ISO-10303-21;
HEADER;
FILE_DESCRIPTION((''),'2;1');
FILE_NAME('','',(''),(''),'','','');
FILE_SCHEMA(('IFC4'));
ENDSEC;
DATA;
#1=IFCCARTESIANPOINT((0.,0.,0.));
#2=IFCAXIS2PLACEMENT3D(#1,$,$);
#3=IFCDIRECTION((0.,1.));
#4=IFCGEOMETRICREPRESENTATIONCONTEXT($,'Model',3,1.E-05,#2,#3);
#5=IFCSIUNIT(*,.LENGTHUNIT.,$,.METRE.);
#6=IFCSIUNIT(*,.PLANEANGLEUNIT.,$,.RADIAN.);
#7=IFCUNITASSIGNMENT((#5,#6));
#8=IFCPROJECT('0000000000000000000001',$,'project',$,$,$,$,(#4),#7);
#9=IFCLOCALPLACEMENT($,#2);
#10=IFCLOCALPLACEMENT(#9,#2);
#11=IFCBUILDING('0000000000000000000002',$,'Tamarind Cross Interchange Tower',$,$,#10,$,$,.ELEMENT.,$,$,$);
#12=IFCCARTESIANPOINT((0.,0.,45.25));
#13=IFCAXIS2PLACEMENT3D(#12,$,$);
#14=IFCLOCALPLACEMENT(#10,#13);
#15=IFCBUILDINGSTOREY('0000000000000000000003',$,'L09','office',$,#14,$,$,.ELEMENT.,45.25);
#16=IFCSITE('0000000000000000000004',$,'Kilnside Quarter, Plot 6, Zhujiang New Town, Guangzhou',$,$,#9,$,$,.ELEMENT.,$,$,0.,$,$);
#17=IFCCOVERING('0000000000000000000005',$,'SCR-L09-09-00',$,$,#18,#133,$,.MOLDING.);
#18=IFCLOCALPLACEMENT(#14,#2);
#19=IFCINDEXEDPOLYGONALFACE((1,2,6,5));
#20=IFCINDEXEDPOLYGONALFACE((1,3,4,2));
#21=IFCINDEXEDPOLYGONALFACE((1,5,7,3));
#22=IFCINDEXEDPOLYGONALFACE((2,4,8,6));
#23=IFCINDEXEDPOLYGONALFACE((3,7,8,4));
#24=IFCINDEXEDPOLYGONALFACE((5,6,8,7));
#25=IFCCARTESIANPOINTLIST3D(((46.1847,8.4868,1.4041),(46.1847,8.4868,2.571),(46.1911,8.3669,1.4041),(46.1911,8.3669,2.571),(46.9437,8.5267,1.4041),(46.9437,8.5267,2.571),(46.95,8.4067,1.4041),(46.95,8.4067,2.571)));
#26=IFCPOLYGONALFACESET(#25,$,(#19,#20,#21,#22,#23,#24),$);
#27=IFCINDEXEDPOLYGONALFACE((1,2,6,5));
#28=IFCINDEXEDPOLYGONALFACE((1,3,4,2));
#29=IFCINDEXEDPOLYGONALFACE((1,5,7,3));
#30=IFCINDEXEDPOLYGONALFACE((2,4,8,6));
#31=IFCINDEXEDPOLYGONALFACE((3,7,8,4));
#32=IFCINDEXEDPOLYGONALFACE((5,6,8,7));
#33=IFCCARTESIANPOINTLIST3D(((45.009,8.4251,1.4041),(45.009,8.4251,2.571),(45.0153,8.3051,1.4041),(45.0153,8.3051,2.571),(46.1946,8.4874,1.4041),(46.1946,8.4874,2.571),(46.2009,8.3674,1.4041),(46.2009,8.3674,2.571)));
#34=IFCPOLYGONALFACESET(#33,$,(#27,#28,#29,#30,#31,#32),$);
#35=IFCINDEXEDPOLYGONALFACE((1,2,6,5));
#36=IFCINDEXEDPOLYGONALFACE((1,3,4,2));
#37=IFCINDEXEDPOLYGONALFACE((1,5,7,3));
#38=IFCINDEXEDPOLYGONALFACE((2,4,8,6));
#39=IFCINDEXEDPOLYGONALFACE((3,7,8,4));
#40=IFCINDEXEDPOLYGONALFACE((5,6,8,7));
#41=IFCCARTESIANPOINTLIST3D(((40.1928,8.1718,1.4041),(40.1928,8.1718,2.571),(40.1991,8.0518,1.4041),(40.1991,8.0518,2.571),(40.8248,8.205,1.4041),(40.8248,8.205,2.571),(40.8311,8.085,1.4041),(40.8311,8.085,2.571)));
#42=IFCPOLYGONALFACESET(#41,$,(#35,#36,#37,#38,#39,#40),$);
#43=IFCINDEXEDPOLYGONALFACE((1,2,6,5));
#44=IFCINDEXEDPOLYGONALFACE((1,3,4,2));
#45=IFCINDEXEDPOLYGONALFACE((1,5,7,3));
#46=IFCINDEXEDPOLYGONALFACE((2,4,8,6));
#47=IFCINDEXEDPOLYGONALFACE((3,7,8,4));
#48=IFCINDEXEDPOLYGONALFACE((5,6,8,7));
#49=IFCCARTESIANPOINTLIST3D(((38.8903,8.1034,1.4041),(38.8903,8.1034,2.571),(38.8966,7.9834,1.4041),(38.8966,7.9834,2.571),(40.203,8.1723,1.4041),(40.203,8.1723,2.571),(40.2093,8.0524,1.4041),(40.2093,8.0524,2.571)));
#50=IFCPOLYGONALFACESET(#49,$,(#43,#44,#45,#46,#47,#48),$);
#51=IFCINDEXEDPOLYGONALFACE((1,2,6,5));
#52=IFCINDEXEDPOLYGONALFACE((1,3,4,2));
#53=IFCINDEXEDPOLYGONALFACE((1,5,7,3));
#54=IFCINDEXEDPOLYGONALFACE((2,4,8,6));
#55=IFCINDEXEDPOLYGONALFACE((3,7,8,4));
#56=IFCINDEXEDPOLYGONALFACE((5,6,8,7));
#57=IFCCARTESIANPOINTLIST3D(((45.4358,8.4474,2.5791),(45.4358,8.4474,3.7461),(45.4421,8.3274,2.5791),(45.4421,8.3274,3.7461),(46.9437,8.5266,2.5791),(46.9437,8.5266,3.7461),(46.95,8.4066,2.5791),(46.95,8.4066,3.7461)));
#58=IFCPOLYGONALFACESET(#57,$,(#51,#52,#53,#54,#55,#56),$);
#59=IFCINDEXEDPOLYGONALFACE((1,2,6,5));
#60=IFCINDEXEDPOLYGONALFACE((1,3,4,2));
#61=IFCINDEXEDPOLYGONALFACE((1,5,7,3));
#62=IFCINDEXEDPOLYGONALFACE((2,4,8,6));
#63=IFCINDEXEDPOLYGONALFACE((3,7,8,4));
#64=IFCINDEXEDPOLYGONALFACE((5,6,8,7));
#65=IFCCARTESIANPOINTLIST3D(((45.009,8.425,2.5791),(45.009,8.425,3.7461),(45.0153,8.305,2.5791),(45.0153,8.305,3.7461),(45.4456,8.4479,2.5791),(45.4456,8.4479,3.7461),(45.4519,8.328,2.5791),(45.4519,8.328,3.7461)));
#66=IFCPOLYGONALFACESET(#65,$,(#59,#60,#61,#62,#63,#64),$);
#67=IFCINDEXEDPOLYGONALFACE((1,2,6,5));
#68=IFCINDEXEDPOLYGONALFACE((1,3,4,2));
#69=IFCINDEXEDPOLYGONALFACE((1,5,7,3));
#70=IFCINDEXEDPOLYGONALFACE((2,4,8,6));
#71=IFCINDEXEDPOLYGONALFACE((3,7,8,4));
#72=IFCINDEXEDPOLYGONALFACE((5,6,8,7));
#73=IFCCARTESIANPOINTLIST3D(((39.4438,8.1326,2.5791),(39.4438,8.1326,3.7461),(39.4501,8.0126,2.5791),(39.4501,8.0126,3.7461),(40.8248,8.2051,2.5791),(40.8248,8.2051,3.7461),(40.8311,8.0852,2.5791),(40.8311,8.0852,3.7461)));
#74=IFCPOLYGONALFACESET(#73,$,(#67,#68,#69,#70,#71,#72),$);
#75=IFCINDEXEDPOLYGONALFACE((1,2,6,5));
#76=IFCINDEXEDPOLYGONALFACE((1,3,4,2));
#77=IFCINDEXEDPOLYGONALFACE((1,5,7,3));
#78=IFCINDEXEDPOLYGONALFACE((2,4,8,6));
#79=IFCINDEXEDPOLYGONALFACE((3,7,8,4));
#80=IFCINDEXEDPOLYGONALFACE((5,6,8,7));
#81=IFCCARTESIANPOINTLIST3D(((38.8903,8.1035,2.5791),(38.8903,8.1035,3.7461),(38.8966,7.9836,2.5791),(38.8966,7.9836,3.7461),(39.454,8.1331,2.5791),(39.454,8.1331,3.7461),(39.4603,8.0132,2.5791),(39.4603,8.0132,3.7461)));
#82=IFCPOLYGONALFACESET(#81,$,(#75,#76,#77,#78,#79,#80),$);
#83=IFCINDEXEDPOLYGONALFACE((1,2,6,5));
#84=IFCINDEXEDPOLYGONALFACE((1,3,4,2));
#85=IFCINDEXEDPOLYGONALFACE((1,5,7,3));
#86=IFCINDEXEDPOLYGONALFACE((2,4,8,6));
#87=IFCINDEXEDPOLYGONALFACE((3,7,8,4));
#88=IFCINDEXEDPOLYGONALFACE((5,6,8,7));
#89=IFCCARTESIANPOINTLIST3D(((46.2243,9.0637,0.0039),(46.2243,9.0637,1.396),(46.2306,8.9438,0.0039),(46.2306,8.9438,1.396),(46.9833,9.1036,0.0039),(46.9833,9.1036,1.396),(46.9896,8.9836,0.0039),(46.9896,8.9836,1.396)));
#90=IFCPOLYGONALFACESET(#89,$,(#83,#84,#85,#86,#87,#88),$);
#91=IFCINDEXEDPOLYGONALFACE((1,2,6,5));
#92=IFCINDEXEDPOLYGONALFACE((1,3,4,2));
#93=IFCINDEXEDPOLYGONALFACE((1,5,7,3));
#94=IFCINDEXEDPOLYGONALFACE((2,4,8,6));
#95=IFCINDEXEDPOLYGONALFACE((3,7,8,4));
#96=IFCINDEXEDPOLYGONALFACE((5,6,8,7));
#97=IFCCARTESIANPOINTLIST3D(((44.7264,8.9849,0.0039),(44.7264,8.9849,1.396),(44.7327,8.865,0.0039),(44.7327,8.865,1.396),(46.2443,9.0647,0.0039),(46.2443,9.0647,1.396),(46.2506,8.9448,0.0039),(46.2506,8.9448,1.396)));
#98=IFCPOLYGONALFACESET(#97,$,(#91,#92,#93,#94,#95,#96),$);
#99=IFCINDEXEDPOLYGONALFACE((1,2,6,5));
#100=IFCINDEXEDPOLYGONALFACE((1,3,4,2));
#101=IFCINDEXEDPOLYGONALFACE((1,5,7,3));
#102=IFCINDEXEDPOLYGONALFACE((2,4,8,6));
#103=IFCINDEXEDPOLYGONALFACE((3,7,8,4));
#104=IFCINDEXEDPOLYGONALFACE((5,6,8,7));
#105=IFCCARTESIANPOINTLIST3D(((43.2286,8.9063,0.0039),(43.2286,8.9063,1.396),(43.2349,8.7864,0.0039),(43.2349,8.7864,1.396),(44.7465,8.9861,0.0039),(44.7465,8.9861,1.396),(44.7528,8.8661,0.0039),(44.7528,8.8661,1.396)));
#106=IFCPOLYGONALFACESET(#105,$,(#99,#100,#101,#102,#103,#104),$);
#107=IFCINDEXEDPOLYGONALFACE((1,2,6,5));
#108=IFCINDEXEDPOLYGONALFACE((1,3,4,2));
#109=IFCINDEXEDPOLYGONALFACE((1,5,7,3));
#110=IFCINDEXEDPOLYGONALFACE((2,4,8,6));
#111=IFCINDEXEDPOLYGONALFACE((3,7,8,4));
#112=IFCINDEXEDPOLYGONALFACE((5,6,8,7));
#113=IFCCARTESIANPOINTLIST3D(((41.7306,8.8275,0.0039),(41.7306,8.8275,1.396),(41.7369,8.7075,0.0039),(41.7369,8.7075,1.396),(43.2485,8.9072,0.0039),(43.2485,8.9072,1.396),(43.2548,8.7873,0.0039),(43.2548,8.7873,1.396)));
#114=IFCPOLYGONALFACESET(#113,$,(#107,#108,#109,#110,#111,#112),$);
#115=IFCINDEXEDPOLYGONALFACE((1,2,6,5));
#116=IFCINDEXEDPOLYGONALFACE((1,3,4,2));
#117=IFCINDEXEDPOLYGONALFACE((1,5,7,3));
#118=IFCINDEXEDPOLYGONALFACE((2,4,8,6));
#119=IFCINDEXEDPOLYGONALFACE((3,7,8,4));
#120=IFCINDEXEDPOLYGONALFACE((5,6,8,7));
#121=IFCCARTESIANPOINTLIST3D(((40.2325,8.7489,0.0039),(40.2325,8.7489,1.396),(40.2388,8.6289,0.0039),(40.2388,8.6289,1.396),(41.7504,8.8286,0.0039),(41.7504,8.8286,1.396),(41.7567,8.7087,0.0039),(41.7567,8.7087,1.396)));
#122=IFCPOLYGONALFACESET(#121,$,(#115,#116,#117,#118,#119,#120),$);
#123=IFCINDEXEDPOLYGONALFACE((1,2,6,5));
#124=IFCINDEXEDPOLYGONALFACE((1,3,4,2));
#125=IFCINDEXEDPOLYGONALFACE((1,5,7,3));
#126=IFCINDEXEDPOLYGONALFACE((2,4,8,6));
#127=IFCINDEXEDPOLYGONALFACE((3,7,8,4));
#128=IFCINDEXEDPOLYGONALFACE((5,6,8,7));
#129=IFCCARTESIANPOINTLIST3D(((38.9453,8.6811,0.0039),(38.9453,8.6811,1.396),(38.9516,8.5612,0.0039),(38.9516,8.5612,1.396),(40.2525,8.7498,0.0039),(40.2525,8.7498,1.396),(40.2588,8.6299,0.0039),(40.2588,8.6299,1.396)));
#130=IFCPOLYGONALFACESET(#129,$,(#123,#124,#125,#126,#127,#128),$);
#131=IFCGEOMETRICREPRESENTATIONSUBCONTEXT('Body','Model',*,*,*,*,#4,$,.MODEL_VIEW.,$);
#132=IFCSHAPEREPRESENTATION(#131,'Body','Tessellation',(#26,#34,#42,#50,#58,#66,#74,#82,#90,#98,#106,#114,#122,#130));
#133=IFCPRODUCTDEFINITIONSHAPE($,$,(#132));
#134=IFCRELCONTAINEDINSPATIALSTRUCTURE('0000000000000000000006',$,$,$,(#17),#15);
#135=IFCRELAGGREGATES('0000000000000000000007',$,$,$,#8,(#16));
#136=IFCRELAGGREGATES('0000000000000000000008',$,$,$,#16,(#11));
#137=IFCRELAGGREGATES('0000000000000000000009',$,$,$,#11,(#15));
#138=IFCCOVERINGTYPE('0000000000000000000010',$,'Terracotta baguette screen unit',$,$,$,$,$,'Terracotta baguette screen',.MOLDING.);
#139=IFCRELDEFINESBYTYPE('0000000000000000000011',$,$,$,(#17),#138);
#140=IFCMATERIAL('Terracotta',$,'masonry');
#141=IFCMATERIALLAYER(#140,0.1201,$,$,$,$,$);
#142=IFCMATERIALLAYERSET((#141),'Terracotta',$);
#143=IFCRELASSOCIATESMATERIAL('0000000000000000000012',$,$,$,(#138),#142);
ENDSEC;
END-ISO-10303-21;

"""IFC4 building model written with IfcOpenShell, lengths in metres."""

from ifc_helpers import new_model, si_unit, direction, frame, origin, origin_2d, place, context, subcontext, project, spatial, rectangle, extrude, material, layer, layer_set, type_object, element, save


model = new_model("IFC4")

# Units and contexts
model_context = context("Model", 3, precision=1e-05, world=origin(), true_north=direction((0.0, 1.0)))
body_context = subcontext(model_context, "Body", "Model", "MODEL_VIEW")
ifc_project = project(units=[si_unit("LENGTHUNIT", "METRE"), si_unit("PLANEANGLEUNIT", "RADIAN")], contexts=[model_context])

# Site, building, storey
site_placement = place(None, origin())
site = spatial("IfcSite", under=ifc_project, at=site_placement, Name="Kilnside Quarter, Plot 6, Zhujiang New Town, Guangzhou", CompositionType="ELEMENT", RefElevation=0.0)
building_placement = place(site_placement, origin())
building = spatial("IfcBuilding", under=site, at=building_placement, Name="Tamarind Cross Interchange Tower", CompositionType="ELEMENT")
storey_placement = place(building_placement, frame((0.0, 0.0, 45.25)))
storey = spatial("IfcBuildingStorey", under=building, at=storey_placement, Name="L09", Description="office", CompositionType="ELEMENT", Elevation=45.25)

# Covering
ifc_material_1 = material(Name="Terracotta", Category="masonry")
ifc_layer_1 = layer(ifc_material_1, 0.1201)
ifc_layer_set_1 = layer_set([ifc_layer_1], Name="Terracotta")
covering_type = type_object("IfcCoveringType", Name="Terracotta baguette screen unit", ElementType="Terracotta baguette screen", PredefinedType="MOLDING", material=ifc_layer_set_1)
covering_1_placement = place(storey_placement, origin())
element("IfcCovering", 1, at=covering_1_placement, inside=storey, type_object=covering_type, Name="SCR-L09-09-00", PredefinedType="MOLDING", context=body_context, shape_type="SweptSolid", body=[
    extrude(rectangle(XDim=0.76, YDim=0.1201, at=origin_2d()), frame((46.5674, 8.4468, 1.4041), z_axis=(0.0, 0.0, 1.0), x_axis=(-0.998622, -0.052478, 0.0)), (0.0, 0.0, 1.0), 1.167),
    extrude(rectangle(XDim=1.1873, YDim=0.1201, at=origin_2d()), frame((45.605, 8.3962, 1.4041), z_axis=(0.0, 0.0, 1.0), x_axis=(-0.998622, -0.052478, 0.0)), (0.0, 0.0, 1.0), 1.167),
    extrude(rectangle(XDim=0.6328, YDim=0.1201, at=origin_2d()), frame((40.512, 8.1284, 1.4041), z_axis=(0.0, 0.0, 1.0), x_axis=(-0.998622, -0.052478, 0.0)), (0.0, 0.0, 1.0), 1.167),
    extrude(rectangle(XDim=1.3145, YDim=0.1201, at=origin_2d()), frame((39.5498, 8.0779, 1.4041), z_axis=(0.0, 0.0, 1.0), x_axis=(-0.998622, -0.052478, 0.0)), (0.0, 0.0, 1.0), 1.167),
    extrude(rectangle(XDim=1.51, YDim=0.1201, at=origin_2d()), frame((46.1929, 8.427, 2.5791), z_axis=(0.0, 0.0, 1.0), x_axis=(-0.998622, -0.052478, 0.0)), (0.0, 0.0, 1.0), 1.167),
    extrude(rectangle(XDim=0.4373, YDim=0.1201, at=origin_2d()), frame((45.2305, 8.3765, 2.5791), z_axis=(0.0, 0.0, 1.0), x_axis=(-0.998622, -0.052478, 0.0)), (0.0, 0.0, 1.0), 1.167),
    extrude(rectangle(XDim=1.3828, YDim=0.1201, at=origin_2d()), frame((40.1375, 8.1089, 2.5791), z_axis=(0.0, 0.0, 1.0), x_axis=(-0.998622, -0.052478, 0.0)), (0.0, 0.0, 1.0), 1.167),
    extrude(rectangle(XDim=0.5645, YDim=0.1201, at=origin_2d()), frame((39.1753, 8.0583, 2.5791), z_axis=(0.0, 0.0, 1.0), x_axis=(-0.998622, -0.052478, 0.0)), (0.0, 0.0, 1.0), 1.167),
    extrude(rectangle(XDim=0.76, YDim=0.1201, at=origin_2d()), frame((46.6069, 9.0237, 0.0039), z_axis=(0.0, 0.0, 1.0), x_axis=(-0.998622, -0.052478, 0.0)), (0.0, 0.0, 1.0), 1.3921),
    extrude(rectangle(XDim=1.52, YDim=0.1201, at=origin_2d()), frame((45.4885, 8.9648, 0.0039), z_axis=(0.0, 0.0, 1.0), x_axis=(-0.998622, -0.052478, 0.0)), (0.0, 0.0, 1.0), 1.3921),
    extrude(rectangle(XDim=1.52, YDim=0.1201, at=origin_2d()), frame((43.9907, 8.8862, 0.0039), z_axis=(0.0, 0.0, 1.0), x_axis=(-0.998622, -0.052478, 0.0)), (0.0, 0.0, 1.0), 1.3921),
    extrude(rectangle(XDim=1.52, YDim=0.1201, at=origin_2d()), frame((42.4927, 8.8074, 0.0039), z_axis=(0.0, 0.0, 1.0), x_axis=(-0.998622, -0.052478, 0.0)), (0.0, 0.0, 1.0), 1.3921),
    extrude(rectangle(XDim=1.52, YDim=0.1201, at=origin_2d()), frame((40.9946, 8.7288, 0.0039), z_axis=(0.0, 0.0, 1.0), x_axis=(-0.998622, -0.052478, 0.0)), (0.0, 0.0, 1.0), 1.3921),
    extrude(rectangle(XDim=1.3091, YDim=0.1201, at=origin_2d()), frame((39.6021, 8.6555, 0.0039), z_axis=(0.0, 0.0, 1.0), x_axis=(-0.998622, -0.052478, 0.0)), (0.0, 0.0, 1.0), 1.3921),
])

save(model, "model.ifc")
